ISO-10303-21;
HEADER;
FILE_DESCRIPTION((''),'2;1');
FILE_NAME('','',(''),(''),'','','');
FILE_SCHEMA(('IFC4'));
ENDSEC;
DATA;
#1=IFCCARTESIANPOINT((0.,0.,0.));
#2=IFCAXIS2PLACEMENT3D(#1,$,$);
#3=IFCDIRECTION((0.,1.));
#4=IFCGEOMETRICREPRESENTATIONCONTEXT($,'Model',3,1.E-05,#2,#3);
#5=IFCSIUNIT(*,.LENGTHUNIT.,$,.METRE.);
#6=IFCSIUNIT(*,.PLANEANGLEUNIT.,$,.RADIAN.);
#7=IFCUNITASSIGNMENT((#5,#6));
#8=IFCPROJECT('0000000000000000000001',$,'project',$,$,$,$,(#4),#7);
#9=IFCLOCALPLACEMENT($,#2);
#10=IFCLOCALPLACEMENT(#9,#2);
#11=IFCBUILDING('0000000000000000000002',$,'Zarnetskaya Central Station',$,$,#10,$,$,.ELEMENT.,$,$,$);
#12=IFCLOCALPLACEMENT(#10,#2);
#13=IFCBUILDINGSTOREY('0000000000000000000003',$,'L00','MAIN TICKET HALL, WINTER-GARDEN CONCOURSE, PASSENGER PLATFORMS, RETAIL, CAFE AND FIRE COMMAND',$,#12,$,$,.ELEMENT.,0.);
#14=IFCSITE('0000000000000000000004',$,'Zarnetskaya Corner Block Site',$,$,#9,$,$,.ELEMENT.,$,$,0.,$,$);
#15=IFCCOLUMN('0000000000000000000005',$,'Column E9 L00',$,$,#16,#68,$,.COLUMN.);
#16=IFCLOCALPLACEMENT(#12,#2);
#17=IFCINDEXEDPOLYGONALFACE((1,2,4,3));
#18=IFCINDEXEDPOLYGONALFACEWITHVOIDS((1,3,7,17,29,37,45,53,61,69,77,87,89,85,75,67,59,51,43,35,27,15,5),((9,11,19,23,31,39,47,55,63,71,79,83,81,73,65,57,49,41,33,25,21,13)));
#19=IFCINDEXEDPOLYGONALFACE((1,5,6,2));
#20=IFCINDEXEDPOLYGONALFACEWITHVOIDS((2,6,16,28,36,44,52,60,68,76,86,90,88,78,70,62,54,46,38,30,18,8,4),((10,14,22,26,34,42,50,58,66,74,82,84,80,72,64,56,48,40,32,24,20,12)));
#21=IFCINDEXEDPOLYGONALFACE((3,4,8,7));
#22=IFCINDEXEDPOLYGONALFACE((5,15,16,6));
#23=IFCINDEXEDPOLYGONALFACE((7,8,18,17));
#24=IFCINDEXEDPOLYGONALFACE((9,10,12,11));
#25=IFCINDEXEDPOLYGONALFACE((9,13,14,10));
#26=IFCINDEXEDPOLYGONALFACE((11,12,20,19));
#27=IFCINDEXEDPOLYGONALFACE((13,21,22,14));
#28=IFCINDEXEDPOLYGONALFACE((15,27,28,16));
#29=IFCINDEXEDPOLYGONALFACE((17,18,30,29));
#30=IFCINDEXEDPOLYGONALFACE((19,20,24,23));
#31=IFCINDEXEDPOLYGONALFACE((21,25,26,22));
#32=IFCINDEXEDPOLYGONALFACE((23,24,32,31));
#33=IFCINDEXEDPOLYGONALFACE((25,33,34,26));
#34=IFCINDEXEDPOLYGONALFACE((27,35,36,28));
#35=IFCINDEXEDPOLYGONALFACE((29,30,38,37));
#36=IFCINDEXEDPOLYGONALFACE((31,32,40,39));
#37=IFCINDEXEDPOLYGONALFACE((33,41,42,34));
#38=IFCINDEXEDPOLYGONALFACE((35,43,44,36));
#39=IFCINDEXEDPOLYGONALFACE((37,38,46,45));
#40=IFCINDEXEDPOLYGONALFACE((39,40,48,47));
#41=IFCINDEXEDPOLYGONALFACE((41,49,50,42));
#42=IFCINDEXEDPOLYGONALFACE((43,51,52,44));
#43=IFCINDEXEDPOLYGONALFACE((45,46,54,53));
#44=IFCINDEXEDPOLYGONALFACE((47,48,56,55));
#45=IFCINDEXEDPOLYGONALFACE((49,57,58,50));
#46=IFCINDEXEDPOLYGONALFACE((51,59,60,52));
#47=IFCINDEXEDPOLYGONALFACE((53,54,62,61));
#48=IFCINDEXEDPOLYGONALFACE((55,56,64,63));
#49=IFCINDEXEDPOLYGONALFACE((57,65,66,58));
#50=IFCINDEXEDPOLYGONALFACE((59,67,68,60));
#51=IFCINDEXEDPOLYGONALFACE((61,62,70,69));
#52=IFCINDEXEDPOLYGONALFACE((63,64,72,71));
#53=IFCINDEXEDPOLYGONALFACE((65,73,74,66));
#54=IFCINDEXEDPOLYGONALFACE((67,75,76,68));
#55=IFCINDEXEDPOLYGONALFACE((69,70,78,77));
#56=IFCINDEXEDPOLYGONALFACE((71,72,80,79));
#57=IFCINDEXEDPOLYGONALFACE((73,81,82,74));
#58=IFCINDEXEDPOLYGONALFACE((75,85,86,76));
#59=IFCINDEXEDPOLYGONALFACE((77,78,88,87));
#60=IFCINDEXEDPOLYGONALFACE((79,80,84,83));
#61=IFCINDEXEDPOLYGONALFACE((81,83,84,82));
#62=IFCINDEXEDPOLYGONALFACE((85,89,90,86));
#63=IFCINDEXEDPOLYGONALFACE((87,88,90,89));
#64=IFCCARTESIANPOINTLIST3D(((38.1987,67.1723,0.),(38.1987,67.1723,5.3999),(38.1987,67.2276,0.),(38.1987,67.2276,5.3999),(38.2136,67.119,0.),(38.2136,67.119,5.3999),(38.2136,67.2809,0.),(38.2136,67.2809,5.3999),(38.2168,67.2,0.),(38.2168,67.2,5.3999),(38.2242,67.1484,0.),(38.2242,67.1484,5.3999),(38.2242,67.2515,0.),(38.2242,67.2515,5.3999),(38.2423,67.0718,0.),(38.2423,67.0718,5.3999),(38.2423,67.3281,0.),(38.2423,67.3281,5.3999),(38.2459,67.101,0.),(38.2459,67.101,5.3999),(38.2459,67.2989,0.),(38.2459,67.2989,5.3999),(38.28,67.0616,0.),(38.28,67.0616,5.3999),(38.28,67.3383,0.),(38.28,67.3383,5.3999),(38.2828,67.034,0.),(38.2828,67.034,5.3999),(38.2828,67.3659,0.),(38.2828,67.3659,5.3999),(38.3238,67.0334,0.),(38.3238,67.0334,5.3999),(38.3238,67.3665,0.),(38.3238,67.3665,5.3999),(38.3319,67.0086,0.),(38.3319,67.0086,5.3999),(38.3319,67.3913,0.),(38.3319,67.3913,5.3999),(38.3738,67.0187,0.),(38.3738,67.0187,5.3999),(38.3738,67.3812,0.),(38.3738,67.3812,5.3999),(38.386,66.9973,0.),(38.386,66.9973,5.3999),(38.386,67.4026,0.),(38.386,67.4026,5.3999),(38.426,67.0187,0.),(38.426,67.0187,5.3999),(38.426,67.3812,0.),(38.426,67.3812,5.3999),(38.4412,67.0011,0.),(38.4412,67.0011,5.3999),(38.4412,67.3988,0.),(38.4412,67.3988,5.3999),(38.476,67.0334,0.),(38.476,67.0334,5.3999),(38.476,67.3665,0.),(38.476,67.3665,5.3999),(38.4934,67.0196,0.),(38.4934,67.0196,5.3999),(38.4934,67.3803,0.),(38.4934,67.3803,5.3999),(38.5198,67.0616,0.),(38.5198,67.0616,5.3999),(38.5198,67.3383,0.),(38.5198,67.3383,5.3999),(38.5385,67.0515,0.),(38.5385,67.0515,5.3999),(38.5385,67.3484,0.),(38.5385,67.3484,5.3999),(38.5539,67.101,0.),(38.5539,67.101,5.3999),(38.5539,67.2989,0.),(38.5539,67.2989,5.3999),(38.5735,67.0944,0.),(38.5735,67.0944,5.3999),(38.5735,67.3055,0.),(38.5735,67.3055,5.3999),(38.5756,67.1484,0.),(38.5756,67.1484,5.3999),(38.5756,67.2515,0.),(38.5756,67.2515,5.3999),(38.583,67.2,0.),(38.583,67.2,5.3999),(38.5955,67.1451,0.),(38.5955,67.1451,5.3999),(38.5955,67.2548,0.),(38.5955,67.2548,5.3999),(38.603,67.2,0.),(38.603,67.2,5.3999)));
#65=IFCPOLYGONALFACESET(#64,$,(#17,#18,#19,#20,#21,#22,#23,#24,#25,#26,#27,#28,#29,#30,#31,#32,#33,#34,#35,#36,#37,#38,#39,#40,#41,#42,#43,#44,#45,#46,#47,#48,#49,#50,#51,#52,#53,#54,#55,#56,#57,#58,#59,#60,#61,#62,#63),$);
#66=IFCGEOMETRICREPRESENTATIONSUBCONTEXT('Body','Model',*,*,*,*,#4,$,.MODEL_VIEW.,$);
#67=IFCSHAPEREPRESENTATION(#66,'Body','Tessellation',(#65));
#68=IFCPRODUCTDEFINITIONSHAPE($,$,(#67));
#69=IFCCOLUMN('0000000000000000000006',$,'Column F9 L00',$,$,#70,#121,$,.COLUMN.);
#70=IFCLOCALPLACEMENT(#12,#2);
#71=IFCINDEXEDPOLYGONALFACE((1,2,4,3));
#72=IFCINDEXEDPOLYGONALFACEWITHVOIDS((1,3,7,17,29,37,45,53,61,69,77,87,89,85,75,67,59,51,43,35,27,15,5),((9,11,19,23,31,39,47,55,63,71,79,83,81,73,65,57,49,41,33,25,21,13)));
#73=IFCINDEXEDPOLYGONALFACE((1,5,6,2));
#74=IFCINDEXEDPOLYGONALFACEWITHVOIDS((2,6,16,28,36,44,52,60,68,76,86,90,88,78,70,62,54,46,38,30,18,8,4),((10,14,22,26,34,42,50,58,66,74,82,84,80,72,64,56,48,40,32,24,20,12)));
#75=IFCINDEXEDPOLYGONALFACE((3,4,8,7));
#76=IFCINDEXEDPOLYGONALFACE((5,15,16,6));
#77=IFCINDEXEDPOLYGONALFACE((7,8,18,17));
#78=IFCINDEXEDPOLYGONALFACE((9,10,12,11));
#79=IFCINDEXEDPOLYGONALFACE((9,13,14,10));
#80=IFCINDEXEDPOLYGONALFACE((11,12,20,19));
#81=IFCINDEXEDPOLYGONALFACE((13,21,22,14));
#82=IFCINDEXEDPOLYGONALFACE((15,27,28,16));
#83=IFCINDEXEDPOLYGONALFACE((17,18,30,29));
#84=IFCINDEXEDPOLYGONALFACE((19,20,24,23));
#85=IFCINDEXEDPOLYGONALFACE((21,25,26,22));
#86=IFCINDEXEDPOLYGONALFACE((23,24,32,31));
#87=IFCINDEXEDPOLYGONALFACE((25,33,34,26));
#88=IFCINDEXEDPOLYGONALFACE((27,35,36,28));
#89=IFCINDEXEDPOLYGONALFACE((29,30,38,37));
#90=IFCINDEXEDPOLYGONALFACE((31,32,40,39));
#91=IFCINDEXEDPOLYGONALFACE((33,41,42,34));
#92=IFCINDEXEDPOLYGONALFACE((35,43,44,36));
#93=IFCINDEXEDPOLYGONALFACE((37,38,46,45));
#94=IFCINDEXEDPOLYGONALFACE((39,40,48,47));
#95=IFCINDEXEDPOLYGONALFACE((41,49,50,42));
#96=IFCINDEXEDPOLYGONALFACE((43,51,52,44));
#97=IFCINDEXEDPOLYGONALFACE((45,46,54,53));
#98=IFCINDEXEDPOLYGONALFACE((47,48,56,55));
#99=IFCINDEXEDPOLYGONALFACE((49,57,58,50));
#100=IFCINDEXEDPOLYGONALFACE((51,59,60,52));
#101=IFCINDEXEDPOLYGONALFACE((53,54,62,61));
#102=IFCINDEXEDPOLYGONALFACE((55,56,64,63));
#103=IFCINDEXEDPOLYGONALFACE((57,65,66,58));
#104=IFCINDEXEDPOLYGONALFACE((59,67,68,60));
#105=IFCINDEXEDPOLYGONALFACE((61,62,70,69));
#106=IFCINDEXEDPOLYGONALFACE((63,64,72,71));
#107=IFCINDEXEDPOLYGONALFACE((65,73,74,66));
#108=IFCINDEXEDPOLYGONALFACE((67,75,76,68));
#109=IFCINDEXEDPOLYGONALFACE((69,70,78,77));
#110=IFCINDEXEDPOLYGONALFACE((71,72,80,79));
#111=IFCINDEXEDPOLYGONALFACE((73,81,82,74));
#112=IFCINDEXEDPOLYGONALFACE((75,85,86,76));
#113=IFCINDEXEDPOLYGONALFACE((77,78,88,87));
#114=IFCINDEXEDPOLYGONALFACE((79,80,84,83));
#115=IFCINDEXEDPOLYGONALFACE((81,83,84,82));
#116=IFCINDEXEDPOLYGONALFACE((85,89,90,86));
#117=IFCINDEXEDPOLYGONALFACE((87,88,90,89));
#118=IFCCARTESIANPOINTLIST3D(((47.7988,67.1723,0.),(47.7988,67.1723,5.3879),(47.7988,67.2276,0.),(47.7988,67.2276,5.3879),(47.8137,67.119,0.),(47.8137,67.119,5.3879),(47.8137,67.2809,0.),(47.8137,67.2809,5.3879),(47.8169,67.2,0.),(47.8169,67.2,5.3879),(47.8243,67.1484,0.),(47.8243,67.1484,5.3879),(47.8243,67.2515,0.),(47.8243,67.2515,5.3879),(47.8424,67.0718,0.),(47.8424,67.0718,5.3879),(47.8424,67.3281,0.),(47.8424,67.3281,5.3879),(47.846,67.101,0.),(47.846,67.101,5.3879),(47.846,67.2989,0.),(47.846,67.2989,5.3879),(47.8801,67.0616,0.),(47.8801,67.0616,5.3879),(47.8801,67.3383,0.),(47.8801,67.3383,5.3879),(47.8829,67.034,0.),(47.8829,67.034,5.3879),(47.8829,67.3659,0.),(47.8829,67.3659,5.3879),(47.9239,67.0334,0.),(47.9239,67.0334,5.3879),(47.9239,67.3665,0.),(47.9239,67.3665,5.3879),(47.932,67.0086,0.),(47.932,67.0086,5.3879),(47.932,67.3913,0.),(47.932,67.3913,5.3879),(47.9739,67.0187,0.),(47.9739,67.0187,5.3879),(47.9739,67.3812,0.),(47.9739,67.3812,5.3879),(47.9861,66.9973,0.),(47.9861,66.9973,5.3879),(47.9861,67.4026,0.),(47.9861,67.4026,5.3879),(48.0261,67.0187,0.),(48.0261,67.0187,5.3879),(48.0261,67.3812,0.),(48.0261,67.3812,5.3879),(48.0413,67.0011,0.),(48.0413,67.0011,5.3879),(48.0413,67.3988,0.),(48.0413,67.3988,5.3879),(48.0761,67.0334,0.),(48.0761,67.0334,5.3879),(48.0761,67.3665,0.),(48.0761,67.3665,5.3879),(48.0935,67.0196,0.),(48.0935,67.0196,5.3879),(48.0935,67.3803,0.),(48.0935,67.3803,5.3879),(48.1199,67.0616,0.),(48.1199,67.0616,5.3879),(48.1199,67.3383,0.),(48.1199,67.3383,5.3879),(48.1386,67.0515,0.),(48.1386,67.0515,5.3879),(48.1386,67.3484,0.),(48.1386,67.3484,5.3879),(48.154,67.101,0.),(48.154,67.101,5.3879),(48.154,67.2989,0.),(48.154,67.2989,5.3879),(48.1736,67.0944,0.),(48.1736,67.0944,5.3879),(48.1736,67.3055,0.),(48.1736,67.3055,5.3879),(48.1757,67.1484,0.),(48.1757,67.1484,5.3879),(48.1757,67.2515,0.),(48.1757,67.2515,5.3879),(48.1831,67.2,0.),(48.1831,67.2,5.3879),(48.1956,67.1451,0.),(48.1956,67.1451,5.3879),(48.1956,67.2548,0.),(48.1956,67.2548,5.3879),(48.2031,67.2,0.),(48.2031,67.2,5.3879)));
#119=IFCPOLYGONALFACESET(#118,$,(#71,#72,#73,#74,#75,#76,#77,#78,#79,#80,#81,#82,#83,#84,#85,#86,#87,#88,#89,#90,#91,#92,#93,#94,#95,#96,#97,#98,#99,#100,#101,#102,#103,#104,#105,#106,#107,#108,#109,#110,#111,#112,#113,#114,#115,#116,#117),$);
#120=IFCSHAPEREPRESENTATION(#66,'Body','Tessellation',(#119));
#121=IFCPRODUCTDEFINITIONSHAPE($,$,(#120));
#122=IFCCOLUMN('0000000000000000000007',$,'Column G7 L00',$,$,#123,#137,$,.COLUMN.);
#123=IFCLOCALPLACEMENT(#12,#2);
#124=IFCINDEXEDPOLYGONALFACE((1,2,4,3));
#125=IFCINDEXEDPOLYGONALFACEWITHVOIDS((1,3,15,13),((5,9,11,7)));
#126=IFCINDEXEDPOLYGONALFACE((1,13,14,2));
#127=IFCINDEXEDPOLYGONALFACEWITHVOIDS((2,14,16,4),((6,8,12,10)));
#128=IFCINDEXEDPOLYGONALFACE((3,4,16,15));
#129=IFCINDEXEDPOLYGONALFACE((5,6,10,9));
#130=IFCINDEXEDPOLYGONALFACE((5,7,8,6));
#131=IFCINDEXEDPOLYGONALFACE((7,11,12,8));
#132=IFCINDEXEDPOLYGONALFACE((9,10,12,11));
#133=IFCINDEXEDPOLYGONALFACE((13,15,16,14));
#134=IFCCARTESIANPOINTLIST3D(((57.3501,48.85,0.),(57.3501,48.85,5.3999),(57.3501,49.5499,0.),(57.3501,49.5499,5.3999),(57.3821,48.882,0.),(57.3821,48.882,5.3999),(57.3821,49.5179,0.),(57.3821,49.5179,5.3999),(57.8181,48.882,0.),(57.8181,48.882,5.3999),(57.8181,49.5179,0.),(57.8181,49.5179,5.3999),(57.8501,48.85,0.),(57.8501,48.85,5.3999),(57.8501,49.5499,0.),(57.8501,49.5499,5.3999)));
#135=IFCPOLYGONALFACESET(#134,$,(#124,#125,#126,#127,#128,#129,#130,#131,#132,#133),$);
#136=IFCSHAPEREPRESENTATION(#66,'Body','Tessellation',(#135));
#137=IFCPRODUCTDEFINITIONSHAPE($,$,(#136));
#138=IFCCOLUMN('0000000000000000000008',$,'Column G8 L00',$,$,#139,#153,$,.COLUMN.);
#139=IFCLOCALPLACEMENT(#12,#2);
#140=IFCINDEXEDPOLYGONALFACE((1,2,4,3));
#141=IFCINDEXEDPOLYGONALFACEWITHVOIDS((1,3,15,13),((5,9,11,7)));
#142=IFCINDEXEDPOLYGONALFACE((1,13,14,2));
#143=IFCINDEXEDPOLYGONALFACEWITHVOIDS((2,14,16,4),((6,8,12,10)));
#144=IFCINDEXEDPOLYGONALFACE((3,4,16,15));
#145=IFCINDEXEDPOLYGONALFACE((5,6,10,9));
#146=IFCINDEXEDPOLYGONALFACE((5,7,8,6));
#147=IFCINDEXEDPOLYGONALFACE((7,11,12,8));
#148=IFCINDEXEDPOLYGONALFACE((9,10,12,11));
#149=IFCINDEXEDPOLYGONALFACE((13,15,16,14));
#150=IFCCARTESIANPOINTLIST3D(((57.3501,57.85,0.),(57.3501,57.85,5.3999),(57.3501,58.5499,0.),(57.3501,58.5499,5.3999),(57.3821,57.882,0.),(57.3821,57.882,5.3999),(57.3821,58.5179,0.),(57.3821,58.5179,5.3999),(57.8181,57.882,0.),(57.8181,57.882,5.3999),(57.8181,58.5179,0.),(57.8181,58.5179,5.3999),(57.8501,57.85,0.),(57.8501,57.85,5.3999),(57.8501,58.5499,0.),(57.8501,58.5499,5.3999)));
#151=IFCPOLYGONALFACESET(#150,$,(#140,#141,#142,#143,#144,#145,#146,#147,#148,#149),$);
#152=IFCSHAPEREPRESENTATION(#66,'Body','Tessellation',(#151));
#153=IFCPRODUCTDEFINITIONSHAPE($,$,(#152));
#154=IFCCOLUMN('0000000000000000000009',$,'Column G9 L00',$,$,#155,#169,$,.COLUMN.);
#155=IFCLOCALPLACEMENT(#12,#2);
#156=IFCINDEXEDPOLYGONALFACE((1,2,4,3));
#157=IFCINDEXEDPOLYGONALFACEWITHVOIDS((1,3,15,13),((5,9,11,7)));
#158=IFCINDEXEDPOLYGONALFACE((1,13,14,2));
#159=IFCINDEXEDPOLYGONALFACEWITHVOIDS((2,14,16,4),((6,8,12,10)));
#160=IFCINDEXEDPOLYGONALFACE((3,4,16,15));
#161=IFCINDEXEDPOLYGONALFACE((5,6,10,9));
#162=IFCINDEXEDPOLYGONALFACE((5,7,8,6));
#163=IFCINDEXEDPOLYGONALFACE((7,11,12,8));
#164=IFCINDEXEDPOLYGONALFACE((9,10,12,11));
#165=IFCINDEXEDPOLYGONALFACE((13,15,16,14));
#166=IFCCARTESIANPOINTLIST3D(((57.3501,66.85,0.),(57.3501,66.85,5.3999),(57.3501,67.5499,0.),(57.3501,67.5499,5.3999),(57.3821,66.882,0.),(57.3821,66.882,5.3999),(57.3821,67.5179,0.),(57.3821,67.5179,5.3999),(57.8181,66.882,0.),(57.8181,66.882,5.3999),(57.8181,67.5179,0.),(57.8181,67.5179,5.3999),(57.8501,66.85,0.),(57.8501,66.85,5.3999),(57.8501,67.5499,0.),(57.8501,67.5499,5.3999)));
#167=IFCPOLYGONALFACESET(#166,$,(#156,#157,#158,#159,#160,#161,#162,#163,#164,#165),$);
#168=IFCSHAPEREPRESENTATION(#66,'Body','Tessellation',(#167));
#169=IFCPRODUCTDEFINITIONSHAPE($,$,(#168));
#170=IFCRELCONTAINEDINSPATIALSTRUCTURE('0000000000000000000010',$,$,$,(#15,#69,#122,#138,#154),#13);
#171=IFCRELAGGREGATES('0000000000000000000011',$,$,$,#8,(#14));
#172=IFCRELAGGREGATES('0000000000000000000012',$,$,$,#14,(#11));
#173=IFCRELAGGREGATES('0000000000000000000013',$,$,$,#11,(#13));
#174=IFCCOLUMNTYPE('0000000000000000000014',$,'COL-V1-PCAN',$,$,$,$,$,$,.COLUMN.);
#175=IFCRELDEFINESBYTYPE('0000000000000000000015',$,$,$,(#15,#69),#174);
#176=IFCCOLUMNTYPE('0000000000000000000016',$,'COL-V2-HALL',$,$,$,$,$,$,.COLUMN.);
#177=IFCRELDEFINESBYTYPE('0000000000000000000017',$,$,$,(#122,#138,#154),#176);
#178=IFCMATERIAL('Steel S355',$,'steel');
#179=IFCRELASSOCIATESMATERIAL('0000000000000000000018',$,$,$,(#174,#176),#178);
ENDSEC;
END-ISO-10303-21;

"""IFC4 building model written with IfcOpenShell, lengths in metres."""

from ifc_helpers import new_model, si_unit, direction, frame, origin, origin_2d, place, context, subcontext, project, spatial, hollow_rectangle, hollow_circle, extrude, material, material_profile, profile_set, type_object, element, save


model = new_model("IFC4")

# Units and contexts
model_context = context("Model", 3, precision=1e-05, world=origin(), true_north=direction((0.0, 1.0)))
body_context = subcontext(model_context, "Body", "Model", "MODEL_VIEW")
ifc_project = project(units=[si_unit("LENGTHUNIT", "METRE"), si_unit("PLANEANGLEUNIT", "RADIAN")], contexts=[model_context])

# Site, building, storey
site_placement = place(None, origin())
site = spatial("IfcSite", under=ifc_project, at=site_placement, Name="Zarnetskaya Corner Block Site", CompositionType="ELEMENT", RefElevation=0.0)
building_placement = place(site_placement, origin())
building = spatial("IfcBuilding", under=site, at=building_placement, Name="Zarnetskaya Central Station", CompositionType="ELEMENT")
storey_placement = place(building_placement, origin())
storey = spatial("IfcBuildingStorey", under=building, at=storey_placement, Name="L00", Description="MAIN TICKET HALL, WINTER-GARDEN CONCOURSE, PASSENGER PLATFORMS, RETAIL, CAFE AND FIRE COMMAND", CompositionType="ELEMENT", Elevation=0.0)

# Columns
ifc_material_1 = material(Name="Steel S355", Category="steel")
ifc_material_profile_1 = material_profile(ifc_material_1, hollow_circle(Radius=0.2031, WallThickness=0.02, at=origin_2d()), Name="CHS 406.4x20")
ifc_profile_set_1 = profile_set([ifc_material_profile_1], Name="Steel S355")
column_type_1 = type_object("IfcColumnType", Name="COL-V1-PCAN", PredefinedType="COLUMN", material=ifc_profile_set_1)
column_1_placement = place(storey_placement, frame((38.3999, 67.2, 0.0), z_axis=(0.0, 0.0, 1.0), x_axis=(1.0, 0.0, 0.0)))
element("IfcColumn", 1, at=column_1_placement, inside=storey, type_object=column_type_1, Name="Column E9 L00", PredefinedType="COLUMN", context=body_context, shape_type="SweptSolid", body=[
    extrude(hollow_circle(Radius=0.2031, WallThickness=0.02, at=origin_2d()), origin(), (0.0, 0.0, 1.0), 5.3999),
])
column_2_placement = place(storey_placement, frame((48.0, 67.2, 0.0), z_axis=(0.0, 0.0, 1.0), x_axis=(1.0, 0.0, 0.0)))
element("IfcColumn", 2, at=column_2_placement, inside=storey, type_object=column_type_1, Name="Column F9 L00", PredefinedType="COLUMN", context=body_context, shape_type="SweptSolid", body=[
    extrude(hollow_circle(Radius=0.2031, WallThickness=0.02, at=origin_2d()), origin(), (0.0, 0.0, 1.0), 5.3879),
])
ifc_material_profile_2 = material_profile(ifc_material_1, hollow_rectangle(XDim=0.5, YDim=0.7, WallThickness=0.032, at=origin_2d()), Name="BOX 700x500x32")
ifc_profile_set_2 = profile_set([ifc_material_profile_2], Name="Steel S355")
column_type_2 = type_object("IfcColumnType", Name="COL-V2-HALL", PredefinedType="COLUMN", material=ifc_profile_set_2)
for number, where, z_axis, x_axis, name in (
    (3, (57.6001, 49.2, 0.0), (0.0, 0.0, 1.0), (1.0, 0.0, 0.0), "Column G7 L00"),
    (4, (57.6001, 58.2, 0.0), (0.0, 0.0, 1.0), (1.0, 0.0, 0.0), "Column G8 L00"),
    (5, (57.6001, 67.2, 0.0), (0.0, 0.0, 1.0), (1.0, 0.0, 0.0), "Column G9 L00"),
):
    element("IfcColumn", number, at=place(storey_placement, frame(where, z_axis=z_axis, x_axis=x_axis)), inside=storey, type_object=column_type_2, Name=name, PredefinedType="COLUMN", context=body_context, shape_type="SweptSolid", body=[
        extrude(hollow_rectangle(XDim=0.5, YDim=0.7, WallThickness=0.032, at=origin_2d()), origin(), (0.0, 0.0, 1.0), 5.3999),
    ])

save(model, "model.ifc")
